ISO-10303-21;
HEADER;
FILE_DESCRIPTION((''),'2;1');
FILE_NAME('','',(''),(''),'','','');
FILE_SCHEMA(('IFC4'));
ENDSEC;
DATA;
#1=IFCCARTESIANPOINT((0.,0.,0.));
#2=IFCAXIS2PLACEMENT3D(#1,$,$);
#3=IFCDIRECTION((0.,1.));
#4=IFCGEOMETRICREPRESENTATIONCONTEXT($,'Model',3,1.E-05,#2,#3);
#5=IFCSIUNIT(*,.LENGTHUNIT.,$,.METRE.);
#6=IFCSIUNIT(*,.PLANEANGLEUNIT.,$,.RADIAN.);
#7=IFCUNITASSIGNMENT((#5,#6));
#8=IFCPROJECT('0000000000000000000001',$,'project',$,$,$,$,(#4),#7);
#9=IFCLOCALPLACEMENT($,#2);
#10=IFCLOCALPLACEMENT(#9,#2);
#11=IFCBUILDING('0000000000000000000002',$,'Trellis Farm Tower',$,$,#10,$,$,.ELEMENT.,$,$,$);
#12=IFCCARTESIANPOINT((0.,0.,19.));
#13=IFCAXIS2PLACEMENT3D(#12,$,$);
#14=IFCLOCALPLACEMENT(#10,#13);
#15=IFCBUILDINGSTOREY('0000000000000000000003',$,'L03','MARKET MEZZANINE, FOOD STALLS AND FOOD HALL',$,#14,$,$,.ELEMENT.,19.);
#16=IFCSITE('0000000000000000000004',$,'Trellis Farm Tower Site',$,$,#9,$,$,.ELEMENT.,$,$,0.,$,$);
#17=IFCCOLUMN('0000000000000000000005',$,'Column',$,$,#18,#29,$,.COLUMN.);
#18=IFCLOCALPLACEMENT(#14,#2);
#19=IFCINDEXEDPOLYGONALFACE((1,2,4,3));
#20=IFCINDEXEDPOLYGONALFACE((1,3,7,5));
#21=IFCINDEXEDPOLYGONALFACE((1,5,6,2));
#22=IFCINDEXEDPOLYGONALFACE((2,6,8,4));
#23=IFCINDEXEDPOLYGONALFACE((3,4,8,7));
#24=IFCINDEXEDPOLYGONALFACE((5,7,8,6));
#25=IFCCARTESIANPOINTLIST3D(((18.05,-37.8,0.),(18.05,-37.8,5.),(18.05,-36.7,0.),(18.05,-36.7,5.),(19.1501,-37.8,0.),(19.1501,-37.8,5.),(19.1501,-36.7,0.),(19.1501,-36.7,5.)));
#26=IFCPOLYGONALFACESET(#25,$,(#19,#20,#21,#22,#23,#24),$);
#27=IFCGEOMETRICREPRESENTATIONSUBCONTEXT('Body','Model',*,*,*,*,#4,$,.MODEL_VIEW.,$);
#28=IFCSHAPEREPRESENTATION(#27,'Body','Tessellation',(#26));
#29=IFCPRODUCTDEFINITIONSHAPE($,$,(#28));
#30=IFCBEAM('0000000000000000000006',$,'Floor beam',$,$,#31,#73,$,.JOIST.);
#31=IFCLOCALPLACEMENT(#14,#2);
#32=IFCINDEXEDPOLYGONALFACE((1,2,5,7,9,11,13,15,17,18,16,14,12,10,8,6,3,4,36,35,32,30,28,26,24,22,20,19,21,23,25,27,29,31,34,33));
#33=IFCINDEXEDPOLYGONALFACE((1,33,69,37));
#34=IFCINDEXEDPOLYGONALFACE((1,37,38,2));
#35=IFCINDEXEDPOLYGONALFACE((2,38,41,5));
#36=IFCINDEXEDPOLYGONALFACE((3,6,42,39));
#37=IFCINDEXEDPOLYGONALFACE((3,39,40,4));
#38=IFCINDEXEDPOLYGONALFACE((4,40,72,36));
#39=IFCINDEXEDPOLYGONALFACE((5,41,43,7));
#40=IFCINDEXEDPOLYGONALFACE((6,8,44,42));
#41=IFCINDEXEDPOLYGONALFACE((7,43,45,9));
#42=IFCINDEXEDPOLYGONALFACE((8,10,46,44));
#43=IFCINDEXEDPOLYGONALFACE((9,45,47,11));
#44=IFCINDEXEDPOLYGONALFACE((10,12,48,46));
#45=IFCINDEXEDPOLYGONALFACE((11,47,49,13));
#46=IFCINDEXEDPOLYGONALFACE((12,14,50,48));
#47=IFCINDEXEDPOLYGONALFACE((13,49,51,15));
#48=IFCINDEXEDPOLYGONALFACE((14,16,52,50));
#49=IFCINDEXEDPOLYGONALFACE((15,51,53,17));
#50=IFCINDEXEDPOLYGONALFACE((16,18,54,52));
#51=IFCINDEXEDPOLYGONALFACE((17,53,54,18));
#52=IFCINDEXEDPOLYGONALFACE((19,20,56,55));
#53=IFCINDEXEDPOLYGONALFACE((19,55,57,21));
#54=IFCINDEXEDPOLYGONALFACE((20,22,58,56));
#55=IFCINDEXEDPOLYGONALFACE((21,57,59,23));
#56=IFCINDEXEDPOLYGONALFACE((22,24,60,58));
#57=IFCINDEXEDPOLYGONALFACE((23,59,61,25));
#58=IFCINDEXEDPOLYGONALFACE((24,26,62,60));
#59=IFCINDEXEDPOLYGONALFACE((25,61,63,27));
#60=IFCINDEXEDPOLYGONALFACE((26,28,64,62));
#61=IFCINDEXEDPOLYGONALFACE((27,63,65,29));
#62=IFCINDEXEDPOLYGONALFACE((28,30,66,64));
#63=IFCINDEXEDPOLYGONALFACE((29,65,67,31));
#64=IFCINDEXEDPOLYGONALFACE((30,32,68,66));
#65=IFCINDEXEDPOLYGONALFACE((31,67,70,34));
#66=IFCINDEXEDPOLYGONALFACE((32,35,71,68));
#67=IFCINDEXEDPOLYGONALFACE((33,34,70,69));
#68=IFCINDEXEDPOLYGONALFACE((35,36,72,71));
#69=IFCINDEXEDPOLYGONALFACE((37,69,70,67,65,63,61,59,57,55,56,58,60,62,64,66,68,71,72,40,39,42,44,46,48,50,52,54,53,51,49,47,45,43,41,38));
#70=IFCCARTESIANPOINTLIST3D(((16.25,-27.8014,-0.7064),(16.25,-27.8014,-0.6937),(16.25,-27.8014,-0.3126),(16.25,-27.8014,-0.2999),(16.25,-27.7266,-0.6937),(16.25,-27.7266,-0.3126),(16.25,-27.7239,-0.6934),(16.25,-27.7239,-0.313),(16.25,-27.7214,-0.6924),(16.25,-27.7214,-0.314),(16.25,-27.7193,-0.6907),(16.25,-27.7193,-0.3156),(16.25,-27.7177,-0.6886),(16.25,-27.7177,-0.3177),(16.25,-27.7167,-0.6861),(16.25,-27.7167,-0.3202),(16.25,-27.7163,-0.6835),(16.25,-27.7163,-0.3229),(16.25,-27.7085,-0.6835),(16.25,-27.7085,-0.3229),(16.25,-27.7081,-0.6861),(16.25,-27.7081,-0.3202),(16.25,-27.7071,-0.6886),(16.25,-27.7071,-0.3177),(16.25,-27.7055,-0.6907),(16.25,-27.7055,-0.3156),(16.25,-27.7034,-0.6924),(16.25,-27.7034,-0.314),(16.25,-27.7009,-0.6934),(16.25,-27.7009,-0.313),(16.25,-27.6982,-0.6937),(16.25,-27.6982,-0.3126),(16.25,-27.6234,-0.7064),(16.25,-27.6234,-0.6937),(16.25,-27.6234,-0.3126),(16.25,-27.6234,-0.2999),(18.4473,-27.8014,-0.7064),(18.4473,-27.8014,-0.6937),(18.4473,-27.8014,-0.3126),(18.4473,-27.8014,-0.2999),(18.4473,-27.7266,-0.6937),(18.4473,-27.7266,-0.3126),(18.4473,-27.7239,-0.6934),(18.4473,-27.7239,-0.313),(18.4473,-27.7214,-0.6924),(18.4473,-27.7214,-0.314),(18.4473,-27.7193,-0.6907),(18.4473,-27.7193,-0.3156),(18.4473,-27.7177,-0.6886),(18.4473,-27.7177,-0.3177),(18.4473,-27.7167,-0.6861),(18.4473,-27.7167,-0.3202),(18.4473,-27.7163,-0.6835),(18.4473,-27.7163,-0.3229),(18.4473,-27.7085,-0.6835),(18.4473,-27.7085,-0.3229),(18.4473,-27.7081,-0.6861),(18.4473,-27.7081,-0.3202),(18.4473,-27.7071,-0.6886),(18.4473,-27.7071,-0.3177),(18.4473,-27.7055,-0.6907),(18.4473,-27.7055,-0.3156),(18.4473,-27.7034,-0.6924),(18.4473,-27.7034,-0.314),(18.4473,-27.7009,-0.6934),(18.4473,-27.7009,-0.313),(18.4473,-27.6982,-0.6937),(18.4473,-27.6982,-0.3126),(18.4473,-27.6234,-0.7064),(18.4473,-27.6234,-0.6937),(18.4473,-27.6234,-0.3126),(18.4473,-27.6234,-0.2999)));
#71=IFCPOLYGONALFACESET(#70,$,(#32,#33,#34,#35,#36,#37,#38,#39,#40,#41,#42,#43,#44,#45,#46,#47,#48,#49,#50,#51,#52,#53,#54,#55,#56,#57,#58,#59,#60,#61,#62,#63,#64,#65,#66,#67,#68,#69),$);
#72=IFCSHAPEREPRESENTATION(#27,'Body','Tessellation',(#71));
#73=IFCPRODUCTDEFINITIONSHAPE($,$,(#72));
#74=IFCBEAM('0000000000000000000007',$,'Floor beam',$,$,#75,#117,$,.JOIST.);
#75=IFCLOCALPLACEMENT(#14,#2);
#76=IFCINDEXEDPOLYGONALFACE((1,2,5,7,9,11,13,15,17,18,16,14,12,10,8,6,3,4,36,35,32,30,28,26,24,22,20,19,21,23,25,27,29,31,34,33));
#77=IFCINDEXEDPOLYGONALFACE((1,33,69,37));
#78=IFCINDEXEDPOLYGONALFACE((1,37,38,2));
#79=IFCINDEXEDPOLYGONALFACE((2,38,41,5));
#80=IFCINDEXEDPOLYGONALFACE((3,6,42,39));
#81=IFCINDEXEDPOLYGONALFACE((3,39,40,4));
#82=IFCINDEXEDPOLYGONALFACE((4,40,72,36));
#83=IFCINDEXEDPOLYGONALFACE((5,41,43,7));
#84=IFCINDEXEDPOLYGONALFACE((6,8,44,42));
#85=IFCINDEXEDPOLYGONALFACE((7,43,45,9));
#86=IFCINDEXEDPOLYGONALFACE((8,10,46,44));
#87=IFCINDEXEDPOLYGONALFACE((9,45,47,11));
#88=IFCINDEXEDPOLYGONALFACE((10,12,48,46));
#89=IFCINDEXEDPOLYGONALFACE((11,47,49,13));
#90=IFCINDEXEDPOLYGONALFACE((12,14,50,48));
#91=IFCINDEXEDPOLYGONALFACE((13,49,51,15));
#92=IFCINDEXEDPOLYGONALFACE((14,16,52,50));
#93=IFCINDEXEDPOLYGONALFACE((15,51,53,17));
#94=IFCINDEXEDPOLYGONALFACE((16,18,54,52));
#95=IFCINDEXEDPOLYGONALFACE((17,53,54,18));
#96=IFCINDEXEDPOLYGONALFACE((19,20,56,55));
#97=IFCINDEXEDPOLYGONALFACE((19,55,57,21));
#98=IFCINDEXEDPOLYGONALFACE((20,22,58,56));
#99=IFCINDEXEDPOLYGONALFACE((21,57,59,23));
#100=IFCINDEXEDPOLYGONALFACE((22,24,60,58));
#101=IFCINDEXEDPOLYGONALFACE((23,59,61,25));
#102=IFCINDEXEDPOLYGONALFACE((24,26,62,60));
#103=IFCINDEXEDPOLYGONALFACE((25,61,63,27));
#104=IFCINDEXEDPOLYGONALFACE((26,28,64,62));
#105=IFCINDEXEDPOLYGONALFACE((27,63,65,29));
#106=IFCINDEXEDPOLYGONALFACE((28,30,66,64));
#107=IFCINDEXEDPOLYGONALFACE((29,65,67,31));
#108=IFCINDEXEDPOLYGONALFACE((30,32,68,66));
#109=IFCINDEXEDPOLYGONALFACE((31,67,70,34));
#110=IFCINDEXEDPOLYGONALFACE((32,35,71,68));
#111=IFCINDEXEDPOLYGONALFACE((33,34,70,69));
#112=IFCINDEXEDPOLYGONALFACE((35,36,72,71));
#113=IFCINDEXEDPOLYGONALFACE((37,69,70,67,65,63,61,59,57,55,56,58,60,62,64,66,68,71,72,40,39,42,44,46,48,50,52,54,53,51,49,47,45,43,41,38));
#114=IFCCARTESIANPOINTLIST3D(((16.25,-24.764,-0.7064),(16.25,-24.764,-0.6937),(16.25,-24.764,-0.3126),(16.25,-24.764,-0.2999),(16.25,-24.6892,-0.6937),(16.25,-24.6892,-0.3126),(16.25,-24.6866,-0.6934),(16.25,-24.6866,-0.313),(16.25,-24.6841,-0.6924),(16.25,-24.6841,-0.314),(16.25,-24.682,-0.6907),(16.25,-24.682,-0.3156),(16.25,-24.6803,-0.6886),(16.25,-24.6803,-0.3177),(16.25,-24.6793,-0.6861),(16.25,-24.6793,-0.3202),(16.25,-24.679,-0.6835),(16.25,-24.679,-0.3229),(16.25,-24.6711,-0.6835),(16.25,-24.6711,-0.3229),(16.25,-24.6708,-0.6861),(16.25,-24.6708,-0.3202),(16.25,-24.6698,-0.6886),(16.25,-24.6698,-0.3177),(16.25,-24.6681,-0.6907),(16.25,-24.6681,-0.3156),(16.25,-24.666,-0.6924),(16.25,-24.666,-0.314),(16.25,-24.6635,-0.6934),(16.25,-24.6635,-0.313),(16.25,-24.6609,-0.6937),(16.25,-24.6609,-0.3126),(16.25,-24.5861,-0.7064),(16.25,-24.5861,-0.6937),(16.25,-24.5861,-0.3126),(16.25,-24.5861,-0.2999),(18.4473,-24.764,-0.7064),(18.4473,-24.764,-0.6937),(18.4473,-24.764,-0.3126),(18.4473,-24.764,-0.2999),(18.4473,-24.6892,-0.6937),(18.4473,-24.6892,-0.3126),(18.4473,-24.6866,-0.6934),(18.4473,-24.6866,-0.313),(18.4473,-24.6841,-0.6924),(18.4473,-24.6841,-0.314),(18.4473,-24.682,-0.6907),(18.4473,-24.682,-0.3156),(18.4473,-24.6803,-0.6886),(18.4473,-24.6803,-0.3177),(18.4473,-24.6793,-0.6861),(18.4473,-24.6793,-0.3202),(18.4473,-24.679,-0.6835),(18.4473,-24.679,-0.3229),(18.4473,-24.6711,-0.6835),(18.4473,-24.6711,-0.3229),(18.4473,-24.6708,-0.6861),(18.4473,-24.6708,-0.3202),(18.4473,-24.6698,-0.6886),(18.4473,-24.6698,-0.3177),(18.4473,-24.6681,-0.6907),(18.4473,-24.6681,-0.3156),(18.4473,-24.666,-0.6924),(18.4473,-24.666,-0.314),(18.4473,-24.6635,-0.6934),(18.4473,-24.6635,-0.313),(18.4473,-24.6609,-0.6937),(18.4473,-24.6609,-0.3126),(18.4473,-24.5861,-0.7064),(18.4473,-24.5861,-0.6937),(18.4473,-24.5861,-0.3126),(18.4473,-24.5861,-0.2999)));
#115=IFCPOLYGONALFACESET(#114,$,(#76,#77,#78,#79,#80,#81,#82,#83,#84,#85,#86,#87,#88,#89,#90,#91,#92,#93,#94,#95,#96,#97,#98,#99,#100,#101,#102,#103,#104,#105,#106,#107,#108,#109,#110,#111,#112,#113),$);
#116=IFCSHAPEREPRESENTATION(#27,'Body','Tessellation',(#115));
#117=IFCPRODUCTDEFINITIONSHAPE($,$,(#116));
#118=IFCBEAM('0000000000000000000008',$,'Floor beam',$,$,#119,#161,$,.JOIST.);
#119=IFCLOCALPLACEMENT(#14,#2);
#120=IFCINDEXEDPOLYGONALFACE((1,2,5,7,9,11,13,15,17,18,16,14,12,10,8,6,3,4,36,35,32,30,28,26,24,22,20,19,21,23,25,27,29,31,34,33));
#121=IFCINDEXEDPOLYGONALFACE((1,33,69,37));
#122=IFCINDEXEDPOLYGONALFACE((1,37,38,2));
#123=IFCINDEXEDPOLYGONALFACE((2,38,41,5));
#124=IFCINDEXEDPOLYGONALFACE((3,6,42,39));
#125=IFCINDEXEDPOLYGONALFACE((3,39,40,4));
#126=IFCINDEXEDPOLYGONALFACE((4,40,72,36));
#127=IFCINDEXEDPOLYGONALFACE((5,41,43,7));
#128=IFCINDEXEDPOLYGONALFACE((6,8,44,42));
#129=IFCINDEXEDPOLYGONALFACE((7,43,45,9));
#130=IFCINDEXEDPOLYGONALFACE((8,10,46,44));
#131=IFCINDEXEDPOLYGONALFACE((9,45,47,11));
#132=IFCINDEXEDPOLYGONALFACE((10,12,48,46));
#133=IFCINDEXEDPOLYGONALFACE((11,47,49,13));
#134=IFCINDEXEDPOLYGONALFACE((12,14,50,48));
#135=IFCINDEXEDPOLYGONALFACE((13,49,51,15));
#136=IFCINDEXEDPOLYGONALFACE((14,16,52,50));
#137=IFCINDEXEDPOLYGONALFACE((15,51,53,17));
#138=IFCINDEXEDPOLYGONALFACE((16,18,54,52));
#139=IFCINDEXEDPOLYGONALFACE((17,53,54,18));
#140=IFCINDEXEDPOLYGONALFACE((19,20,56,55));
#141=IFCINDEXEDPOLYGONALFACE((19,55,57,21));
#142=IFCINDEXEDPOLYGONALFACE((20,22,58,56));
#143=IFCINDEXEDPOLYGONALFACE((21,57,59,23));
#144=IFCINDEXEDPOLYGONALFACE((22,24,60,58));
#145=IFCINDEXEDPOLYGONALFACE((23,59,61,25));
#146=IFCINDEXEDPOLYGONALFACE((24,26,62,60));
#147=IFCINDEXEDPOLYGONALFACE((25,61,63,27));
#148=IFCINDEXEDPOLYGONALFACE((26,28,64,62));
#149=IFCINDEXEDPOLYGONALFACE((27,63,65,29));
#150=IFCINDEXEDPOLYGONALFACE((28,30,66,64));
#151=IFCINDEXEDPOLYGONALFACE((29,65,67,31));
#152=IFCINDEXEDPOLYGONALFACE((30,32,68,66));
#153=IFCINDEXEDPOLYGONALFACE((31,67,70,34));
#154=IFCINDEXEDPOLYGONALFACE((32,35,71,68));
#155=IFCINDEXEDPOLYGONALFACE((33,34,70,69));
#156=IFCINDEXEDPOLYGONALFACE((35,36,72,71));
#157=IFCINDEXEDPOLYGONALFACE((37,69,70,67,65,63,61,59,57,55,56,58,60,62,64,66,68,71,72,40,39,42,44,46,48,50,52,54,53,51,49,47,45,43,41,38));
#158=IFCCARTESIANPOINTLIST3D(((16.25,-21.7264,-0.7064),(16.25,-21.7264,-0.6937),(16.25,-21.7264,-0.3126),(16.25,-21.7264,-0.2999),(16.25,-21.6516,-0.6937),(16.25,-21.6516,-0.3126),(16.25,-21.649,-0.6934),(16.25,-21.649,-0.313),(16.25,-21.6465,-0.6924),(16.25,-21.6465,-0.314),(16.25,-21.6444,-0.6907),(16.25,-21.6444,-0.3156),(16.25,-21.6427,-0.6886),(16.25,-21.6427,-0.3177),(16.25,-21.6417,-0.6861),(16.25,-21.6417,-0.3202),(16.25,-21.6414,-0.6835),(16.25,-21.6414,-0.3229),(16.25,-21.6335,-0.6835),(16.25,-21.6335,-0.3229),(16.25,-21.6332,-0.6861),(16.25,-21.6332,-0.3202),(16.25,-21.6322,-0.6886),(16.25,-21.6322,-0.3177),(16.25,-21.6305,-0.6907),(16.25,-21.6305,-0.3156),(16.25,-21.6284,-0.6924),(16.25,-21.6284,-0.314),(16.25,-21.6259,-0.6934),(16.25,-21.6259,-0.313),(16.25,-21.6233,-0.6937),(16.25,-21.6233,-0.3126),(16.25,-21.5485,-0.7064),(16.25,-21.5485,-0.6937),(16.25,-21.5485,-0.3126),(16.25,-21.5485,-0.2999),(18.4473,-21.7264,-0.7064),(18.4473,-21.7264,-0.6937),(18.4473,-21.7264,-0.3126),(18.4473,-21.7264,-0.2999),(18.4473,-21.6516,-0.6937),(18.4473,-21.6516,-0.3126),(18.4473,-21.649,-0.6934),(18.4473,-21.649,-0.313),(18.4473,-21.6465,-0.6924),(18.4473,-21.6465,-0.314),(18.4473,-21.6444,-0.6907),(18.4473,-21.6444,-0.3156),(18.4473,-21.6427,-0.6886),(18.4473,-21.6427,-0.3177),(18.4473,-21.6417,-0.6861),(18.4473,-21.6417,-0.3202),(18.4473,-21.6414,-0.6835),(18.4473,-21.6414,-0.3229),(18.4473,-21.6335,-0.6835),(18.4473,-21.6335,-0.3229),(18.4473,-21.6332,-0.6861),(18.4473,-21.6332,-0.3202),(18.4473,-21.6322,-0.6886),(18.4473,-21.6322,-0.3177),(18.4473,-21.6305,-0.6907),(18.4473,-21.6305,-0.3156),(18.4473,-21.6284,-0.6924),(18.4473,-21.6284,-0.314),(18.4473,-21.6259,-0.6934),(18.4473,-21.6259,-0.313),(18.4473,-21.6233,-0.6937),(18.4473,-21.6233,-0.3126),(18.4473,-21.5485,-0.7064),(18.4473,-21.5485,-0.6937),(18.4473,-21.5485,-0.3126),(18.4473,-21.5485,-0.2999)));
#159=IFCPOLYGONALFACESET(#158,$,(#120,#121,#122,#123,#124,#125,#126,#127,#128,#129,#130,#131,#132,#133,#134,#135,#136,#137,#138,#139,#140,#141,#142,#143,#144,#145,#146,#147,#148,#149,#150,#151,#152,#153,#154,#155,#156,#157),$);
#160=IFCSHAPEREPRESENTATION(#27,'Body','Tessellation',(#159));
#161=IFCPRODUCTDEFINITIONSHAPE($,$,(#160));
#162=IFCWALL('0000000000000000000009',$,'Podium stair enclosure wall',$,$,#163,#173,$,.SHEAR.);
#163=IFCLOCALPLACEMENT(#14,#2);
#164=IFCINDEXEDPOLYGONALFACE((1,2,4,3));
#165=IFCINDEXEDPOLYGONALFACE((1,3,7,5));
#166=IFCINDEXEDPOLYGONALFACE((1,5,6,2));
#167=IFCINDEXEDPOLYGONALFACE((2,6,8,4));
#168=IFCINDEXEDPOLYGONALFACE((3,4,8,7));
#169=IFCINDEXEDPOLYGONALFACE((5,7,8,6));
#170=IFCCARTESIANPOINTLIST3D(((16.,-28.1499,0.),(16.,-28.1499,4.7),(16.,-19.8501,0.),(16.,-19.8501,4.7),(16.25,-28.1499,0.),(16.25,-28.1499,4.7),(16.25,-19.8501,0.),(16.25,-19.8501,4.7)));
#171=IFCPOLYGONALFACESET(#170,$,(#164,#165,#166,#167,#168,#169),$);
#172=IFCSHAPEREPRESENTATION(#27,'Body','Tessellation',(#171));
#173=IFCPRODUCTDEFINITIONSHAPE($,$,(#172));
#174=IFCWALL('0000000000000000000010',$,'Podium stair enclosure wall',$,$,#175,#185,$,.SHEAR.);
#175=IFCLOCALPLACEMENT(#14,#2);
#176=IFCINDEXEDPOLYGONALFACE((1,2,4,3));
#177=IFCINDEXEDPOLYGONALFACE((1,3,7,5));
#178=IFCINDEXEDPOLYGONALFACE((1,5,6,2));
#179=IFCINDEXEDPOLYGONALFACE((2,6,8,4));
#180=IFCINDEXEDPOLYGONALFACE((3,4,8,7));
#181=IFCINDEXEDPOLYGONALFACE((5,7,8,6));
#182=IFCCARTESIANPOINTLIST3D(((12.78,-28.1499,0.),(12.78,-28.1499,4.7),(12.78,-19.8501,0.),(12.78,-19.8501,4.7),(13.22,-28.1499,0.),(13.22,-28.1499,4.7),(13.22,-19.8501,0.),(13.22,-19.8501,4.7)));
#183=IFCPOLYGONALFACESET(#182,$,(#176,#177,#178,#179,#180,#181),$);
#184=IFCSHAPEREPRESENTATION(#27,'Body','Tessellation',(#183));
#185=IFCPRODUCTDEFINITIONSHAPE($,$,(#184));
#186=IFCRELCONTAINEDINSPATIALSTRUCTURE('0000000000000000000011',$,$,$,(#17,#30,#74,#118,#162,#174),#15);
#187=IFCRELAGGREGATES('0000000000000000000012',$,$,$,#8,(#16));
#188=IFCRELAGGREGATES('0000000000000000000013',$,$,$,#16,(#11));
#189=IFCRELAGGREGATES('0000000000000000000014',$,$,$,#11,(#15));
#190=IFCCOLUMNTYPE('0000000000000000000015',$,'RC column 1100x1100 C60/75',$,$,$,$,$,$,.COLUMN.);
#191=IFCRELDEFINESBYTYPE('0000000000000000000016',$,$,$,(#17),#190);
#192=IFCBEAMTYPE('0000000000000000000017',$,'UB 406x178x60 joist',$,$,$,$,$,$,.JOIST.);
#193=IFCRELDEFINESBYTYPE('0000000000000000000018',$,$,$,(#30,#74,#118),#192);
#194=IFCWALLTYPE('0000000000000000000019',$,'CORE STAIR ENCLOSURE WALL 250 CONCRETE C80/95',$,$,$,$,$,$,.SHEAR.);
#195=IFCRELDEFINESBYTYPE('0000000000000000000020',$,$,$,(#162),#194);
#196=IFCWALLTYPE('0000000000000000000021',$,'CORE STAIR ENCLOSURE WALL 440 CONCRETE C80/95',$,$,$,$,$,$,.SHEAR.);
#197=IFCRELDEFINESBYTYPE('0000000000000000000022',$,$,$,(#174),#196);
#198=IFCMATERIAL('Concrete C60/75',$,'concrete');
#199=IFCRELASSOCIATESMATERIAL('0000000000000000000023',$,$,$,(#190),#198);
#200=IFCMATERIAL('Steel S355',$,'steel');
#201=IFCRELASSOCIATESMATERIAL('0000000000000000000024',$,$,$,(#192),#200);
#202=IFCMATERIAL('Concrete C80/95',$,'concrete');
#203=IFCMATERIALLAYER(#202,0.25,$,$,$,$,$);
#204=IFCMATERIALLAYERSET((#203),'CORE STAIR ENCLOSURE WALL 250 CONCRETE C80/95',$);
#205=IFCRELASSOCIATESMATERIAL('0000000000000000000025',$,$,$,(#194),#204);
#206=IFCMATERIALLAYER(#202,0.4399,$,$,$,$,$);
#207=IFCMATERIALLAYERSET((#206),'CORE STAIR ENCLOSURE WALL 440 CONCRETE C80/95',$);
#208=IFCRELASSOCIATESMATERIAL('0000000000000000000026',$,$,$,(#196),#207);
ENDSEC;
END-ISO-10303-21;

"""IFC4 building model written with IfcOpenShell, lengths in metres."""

from ifc_helpers import new_model, si_unit, direction, frame, frame_2d, origin, origin_2d, place, context, subcontext, project, spatial, rectangle, i_section, extrude, source, transform, mapped, material, layer, layer_set, material_profile, profile_set, type_object, element, save


model = new_model("IFC4")

# Units and contexts
model_context = context("Model", 3, precision=1e-05, world=origin(), true_north=direction((0.0, 1.0)))
body_context = subcontext(model_context, "Body", "Model", "MODEL_VIEW")
ifc_project = project(units=[si_unit("LENGTHUNIT", "METRE"), si_unit("PLANEANGLEUNIT", "RADIAN")], contexts=[model_context])

# Site, building, storey
site_placement = place(None, origin())
site = spatial("IfcSite", under=ifc_project, at=site_placement, Name="Trellis Farm Tower Site", CompositionType="ELEMENT", RefElevation=0.0)
building_placement = place(site_placement, origin())
building = spatial("IfcBuilding", under=site, at=building_placement, Name="Trellis Farm Tower", CompositionType="ELEMENT")
storey_placement = place(building_placement, frame((0.0, 0.0, 19.0)))
storey = spatial("IfcBuildingStorey", under=building, at=storey_placement, Name="L03", Description="MARKET MEZZANINE, FOOD STALLS AND FOOD HALL", CompositionType="ELEMENT", Elevation=19.0)

# Column
ifc_material_1 = material(Name="Concrete C60/75", Category="concrete")
ifc_material_profile_1 = material_profile(ifc_material_1, rectangle(XDim=1.1001, YDim=1.1001, at=origin_2d()), Name="RC column 1100x1100 C60/75")
ifc_profile_set_1 = profile_set([ifc_material_profile_1], Name="Concrete C60/75")
column_type = type_object("IfcColumnType", Name="RC column 1100x1100 C60/75", PredefinedType="COLUMN", material=ifc_profile_set_1)
shared_shape_1 = source(origin(), body_context, "Body", "SweptSolid", [
    extrude(rectangle(XDim=1.1001, YDim=1.1001, at=origin_2d()), origin(), (0.0, 0.0, 1.0), 5.0),
])
column_placement = place(storey_placement, frame((18.6001, -37.25, 0.0), z_axis=(0.0, 0.0, 1.0), x_axis=(1.0, 0.0, 0.0)))
element("IfcColumn", 1, at=column_placement, inside=storey, type_object=column_type, Name="Column", PredefinedType="COLUMN", context=body_context, shape_type="MappedRepresentation", body=[
    mapped(shared_shape_1, transform((0.0, 0.0, 0.0))),
])

# Beams
ifc_material_2 = material(Name="Steel S355", Category="steel")
ifc_material_profile_2 = material_profile(ifc_material_2, i_section(OverallWidth=0.178, OverallDepth=0.4065, WebThickness=0.0078, FlangeThickness=0.0127, FilletRadius=0.0103, at=origin_2d()), Name="UB 406x178x60")
ifc_profile_set_2 = profile_set([ifc_material_profile_2], Name="Steel S355")
beam_type = type_object("IfcBeamType", Name="UB 406x178x60 joist", PredefinedType="JOIST", material=ifc_profile_set_2)
shared_shape_2 = source(origin(), body_context, "Body", "SweptSolid", [
    extrude(i_section(OverallWidth=0.178, OverallDepth=0.4065, WebThickness=0.0078, FlangeThickness=0.0127, FilletRadius=0.0103, at=origin_2d()), origin(), (0.0, 0.0, 1.0), 2.1973),
])
for number, where, z_axis, x_axis, name in (
    (2, (16.25, -27.7124, -0.5032), (1.0, 0.0, 0.0), (0.0, 1.0, 0.0), "Floor beam"),
    (3, (16.25, -24.675, -0.5032), (1.0, 0.0, 0.0), (0.0, 1.0, 0.0), "Floor beam"),
    (4, (16.25, -21.6375, -0.5032), (1.0, 0.0, 0.0), (0.0, 1.0, 0.0), "Floor beam"),
):
    element("IfcBeam", number, at=place(storey_placement, frame(where, z_axis=z_axis, x_axis=x_axis)), inside=storey, type_object=beam_type, Name=name, PredefinedType="JOIST", context=body_context, shape_type="MappedRepresentation", body=[
        mapped(shared_shape_2, transform((0.0, 0.0, 0.0))),
    ])

# Walls
ifc_material_3 = material(Name="Concrete C80/95", Category="concrete")
ifc_layer_1 = layer(ifc_material_3, 0.25)
ifc_layer_set_1 = layer_set([ifc_layer_1], Name="CORE STAIR ENCLOSURE WALL 250 CONCRETE C80/95")
wall_type_1 = type_object("IfcWallType", Name="CORE STAIR ENCLOSURE WALL 250 CONCRETE C80/95", PredefinedType="SHEAR", material=ifc_layer_set_1)
shared_shape_3 = source(origin(), body_context, "Body", "SweptSolid", [
    extrude(rectangle(XDim=8.2998, YDim=0.25, at=frame_2d((4.1499, 0.0))), origin(), (0.0, 0.0, 1.0), 4.7),
])
wall_1_placement = place(storey_placement, frame((16.125, -28.1499, 0.0), z_axis=(0.0, 0.0, 1.0), x_axis=(0.0, 1.0, 0.0)))
element("IfcWall", 5, at=wall_1_placement, inside=storey, type_object=wall_type_1, Name="Podium stair enclosure wall", PredefinedType="SHEAR", context=body_context, shape_type="MappedRepresentation", body=[
    mapped(shared_shape_3, transform((0.0, 0.0, 0.0))),
])
ifc_layer_2 = layer(ifc_material_3, 0.4399)
ifc_layer_set_2 = layer_set([ifc_layer_2], Name="CORE STAIR ENCLOSURE WALL 440 CONCRETE C80/95")
wall_type_2 = type_object("IfcWallType", Name="CORE STAIR ENCLOSURE WALL 440 CONCRETE C80/95", PredefinedType="SHEAR", material=ifc_layer_set_2)
shared_shape_4 = source(origin(), body_context, "Body", "SweptSolid", [
    extrude(rectangle(XDim=8.2998, YDim=0.4399, at=frame_2d((4.1499, 0.0))), origin(), (0.0, 0.0, 1.0), 4.7),
])
wall_2_placement = place(storey_placement, frame((13.0, -28.1499, 0.0), z_axis=(0.0, 0.0, 1.0), x_axis=(0.0, 1.0, 0.0)))
element("IfcWall", 6, at=wall_2_placement, inside=storey, type_object=wall_type_2, Name="Podium stair enclosure wall", PredefinedType="SHEAR", context=body_context, shape_type="MappedRepresentation", body=[
    mapped(shared_shape_4, transform((0.0, 0.0, 0.0))),
])

save(model, "model.ifc")
